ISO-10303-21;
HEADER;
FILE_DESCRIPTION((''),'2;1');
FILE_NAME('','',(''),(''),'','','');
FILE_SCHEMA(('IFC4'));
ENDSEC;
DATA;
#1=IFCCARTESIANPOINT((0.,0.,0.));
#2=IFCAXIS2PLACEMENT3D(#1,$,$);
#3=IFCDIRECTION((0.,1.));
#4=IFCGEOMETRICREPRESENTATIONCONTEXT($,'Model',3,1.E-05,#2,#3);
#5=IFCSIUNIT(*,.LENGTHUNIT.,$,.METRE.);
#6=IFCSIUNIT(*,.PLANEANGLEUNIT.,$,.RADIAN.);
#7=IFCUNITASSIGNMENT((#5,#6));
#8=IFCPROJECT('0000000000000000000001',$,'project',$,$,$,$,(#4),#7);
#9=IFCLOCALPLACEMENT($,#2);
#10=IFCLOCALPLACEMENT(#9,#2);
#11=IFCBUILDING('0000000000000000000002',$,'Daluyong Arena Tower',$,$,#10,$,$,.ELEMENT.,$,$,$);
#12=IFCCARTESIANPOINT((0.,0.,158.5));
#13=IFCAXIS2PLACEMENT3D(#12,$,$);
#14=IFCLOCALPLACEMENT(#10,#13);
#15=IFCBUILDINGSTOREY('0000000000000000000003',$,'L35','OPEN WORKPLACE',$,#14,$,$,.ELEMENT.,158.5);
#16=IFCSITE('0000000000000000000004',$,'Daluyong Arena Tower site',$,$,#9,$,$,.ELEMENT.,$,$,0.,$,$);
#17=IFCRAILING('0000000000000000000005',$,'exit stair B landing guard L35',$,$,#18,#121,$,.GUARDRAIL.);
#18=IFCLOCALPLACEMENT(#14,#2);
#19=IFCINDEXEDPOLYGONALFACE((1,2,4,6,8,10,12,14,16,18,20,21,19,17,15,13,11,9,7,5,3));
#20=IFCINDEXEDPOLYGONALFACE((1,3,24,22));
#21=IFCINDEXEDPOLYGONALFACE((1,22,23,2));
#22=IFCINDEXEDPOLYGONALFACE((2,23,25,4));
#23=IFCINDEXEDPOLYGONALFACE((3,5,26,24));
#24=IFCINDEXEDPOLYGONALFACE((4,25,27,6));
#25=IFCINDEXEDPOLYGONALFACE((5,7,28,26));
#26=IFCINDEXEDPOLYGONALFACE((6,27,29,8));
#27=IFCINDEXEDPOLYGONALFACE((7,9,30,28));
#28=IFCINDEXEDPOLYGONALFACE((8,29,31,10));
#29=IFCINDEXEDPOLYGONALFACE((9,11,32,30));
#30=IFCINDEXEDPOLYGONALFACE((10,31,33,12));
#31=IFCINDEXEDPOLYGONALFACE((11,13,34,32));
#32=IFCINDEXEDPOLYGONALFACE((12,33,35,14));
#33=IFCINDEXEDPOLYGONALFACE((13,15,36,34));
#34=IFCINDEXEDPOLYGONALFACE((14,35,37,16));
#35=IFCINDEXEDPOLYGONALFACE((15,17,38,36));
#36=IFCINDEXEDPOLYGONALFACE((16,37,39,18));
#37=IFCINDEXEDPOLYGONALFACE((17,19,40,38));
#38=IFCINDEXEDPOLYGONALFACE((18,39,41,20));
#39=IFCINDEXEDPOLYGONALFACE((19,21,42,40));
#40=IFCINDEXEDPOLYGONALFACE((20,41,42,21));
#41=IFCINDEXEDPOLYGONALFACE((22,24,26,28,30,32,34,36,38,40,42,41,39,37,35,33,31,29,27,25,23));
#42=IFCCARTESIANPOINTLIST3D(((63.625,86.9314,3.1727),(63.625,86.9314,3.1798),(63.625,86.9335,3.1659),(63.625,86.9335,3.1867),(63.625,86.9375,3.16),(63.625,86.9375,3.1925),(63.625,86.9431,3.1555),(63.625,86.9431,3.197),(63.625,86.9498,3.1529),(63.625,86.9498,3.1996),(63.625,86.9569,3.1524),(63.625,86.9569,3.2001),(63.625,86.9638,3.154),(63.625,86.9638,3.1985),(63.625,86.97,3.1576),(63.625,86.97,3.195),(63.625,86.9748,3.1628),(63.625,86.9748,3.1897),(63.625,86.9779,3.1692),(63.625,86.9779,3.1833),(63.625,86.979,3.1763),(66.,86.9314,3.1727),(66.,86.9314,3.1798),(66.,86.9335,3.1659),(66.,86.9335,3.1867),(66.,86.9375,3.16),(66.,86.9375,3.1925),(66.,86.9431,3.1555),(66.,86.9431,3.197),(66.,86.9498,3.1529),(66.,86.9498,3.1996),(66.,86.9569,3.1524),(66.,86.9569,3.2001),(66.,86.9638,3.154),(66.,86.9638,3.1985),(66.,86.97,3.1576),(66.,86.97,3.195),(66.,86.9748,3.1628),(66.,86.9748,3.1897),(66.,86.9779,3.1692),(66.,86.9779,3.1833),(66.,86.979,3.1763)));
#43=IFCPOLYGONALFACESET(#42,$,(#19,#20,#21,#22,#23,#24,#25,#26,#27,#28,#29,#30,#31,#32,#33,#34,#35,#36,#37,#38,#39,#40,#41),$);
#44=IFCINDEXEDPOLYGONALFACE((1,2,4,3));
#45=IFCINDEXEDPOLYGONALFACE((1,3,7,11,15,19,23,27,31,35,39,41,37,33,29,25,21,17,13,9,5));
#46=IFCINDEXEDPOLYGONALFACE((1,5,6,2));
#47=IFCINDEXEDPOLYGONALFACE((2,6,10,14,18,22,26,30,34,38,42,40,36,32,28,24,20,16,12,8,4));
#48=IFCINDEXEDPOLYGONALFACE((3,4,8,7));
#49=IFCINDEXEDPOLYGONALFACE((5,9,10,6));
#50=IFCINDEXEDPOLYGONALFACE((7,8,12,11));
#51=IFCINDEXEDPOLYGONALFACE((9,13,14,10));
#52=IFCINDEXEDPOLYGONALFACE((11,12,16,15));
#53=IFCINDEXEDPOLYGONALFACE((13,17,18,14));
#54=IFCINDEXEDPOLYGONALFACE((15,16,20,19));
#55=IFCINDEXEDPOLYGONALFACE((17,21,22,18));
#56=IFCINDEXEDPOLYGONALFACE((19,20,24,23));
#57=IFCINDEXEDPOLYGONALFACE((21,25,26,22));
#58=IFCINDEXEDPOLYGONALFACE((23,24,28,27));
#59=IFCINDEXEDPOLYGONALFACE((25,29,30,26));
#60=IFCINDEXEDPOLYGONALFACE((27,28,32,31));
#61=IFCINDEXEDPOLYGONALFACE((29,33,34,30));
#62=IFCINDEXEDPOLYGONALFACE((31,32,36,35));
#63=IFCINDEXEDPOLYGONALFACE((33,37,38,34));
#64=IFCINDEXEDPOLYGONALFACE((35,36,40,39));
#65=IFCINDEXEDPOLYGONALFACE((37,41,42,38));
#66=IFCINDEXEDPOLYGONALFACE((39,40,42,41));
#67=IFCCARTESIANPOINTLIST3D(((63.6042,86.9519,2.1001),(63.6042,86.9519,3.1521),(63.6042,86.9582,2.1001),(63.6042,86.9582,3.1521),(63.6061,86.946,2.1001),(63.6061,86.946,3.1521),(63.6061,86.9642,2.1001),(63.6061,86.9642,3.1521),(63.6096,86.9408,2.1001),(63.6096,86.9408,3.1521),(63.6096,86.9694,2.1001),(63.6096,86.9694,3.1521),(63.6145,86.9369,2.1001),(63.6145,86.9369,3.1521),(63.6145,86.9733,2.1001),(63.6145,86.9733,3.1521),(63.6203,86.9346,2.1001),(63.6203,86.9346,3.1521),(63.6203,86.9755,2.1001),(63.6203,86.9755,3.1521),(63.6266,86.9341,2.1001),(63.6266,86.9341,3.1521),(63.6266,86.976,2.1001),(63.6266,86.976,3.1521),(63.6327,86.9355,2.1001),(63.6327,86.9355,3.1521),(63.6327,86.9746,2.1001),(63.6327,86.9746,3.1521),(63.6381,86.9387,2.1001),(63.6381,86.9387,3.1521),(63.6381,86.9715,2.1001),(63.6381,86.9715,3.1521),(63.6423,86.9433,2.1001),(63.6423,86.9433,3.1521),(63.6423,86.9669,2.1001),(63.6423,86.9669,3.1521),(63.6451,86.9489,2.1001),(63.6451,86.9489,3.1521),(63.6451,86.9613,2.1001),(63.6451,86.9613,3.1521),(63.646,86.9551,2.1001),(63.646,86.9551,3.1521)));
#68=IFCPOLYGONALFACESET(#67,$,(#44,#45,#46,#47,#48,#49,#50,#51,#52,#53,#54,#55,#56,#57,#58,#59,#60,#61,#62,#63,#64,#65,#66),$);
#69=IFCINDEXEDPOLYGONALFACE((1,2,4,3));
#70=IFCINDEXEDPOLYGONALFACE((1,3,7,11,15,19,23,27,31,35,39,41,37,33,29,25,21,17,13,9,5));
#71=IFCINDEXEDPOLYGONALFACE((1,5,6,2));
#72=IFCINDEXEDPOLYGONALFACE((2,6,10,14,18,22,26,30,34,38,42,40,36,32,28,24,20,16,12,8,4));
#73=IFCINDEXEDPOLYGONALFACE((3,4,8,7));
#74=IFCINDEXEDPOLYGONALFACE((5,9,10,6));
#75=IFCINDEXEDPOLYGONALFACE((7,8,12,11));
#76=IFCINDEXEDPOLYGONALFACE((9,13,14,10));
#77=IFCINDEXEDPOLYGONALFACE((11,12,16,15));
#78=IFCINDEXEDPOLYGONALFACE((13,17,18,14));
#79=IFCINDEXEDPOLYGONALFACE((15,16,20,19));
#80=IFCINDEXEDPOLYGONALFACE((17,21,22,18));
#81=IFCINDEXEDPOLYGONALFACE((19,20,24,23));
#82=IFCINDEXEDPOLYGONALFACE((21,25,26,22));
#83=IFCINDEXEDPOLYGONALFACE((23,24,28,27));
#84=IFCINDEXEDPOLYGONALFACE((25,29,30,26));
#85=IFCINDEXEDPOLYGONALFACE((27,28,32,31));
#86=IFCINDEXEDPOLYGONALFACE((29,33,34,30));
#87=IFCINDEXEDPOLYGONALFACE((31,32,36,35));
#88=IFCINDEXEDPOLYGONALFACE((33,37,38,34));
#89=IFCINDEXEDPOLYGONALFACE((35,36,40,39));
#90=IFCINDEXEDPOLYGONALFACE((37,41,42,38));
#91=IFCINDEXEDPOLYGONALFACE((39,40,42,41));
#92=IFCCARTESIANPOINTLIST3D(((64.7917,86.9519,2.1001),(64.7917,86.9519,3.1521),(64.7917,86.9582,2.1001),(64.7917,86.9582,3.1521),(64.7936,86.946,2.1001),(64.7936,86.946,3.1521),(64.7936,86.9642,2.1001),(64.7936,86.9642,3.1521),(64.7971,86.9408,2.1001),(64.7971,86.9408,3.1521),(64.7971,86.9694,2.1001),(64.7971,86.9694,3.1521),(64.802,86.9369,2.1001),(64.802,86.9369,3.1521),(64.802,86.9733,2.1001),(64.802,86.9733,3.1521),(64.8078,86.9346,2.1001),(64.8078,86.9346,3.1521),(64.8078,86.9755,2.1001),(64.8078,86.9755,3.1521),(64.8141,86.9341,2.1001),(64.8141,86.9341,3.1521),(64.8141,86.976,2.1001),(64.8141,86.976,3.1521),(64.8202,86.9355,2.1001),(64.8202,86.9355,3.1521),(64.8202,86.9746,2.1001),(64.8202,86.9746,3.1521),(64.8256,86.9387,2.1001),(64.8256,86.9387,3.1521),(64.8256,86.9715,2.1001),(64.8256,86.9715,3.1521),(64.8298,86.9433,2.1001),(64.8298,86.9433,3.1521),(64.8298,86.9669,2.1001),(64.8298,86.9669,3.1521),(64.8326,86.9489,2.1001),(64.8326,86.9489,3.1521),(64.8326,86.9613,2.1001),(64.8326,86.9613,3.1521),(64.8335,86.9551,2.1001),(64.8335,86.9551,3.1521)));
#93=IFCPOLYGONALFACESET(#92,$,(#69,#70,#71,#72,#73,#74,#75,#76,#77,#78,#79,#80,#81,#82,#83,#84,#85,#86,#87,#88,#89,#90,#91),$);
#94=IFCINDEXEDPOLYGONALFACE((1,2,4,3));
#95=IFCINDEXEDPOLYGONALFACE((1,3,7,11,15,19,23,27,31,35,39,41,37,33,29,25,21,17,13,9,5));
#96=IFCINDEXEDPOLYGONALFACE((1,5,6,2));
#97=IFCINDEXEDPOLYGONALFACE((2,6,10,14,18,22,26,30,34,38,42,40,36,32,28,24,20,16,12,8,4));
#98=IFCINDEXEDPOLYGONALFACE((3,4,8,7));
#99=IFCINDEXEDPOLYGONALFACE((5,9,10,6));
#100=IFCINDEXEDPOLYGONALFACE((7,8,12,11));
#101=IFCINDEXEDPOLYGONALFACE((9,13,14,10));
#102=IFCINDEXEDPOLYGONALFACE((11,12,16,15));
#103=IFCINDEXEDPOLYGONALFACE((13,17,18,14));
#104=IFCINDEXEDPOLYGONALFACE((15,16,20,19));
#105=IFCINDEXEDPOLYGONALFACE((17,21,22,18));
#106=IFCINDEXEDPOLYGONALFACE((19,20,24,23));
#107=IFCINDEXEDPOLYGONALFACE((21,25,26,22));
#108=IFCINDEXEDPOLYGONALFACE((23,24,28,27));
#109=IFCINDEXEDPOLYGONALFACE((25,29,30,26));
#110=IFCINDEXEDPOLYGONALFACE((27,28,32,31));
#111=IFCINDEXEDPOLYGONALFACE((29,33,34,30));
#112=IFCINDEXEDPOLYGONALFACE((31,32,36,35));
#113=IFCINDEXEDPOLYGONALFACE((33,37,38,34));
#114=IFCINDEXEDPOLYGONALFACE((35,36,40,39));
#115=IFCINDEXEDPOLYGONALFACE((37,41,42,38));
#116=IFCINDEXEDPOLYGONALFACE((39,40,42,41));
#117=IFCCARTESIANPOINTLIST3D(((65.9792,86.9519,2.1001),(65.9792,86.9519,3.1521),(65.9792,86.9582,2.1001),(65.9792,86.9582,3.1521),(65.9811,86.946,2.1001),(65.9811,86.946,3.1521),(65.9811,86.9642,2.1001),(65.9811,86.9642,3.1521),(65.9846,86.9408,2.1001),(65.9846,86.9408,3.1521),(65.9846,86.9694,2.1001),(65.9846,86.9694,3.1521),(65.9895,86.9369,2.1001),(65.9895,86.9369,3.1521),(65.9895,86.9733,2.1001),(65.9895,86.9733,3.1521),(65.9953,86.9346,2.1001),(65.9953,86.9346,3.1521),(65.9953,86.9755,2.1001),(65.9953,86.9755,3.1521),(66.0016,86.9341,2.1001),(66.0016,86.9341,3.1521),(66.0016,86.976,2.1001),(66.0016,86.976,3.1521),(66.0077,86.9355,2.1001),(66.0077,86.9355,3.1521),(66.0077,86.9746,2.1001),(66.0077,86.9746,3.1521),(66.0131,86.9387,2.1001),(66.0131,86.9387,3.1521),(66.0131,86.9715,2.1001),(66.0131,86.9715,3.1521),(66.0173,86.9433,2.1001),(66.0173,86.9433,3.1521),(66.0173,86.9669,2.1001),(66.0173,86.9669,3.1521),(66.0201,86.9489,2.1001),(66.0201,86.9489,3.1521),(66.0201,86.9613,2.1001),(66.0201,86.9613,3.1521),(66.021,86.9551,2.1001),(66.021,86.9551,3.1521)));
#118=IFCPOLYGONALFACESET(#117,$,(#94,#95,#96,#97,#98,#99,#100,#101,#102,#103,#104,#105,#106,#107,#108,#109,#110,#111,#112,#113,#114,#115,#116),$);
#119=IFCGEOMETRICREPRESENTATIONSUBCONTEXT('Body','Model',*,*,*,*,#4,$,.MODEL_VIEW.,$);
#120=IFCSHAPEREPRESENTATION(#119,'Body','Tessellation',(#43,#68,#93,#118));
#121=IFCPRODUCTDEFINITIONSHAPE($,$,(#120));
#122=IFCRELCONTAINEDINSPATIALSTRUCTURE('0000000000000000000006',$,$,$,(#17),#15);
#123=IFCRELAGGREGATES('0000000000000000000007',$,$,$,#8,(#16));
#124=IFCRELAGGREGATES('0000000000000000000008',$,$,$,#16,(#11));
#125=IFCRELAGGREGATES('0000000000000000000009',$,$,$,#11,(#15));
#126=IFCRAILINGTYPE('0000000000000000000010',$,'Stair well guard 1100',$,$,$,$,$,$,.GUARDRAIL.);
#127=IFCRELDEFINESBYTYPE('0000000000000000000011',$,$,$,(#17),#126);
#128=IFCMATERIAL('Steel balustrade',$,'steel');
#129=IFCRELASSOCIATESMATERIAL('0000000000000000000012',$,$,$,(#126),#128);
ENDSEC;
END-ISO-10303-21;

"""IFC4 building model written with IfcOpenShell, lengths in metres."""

from ifc_helpers import new_model, si_unit, direction, frame, origin, origin_2d, place, context, subcontext, project, spatial, circle, extrude, material, type_object, element, save


model = new_model("IFC4")

# Units and contexts
model_context = context("Model", 3, precision=1e-05, world=origin(), true_north=direction((0.0, 1.0)))
body_context = subcontext(model_context, "Body", "Model", "MODEL_VIEW")
ifc_project = project(units=[si_unit("LENGTHUNIT", "METRE"), si_unit("PLANEANGLEUNIT", "RADIAN")], contexts=[model_context])

# Site, building, storey
site_placement = place(None, origin())
site = spatial("IfcSite", under=ifc_project, at=site_placement, Name="Daluyong Arena Tower site", CompositionType="ELEMENT", RefElevation=0.0)
building_placement = place(site_placement, origin())
building = spatial("IfcBuilding", under=site, at=building_placement, Name="Daluyong Arena Tower", CompositionType="ELEMENT")
storey_placement = place(building_placement, frame((0.0, 0.0, 158.5)))
storey = spatial("IfcBuildingStorey", under=building, at=storey_placement, Name="L35", Description="OPEN WORKPLACE", CompositionType="ELEMENT", Elevation=158.5)

# Railing
ifc_material_1 = material(Name="Steel balustrade", Category="steel")
railing_type_1 = type_object("IfcRailingType", Name="Stair well guard 1100", PredefinedType="GUARDRAIL", material=ifc_material_1)
railing_1_placement = place(storey_placement, frame((63.625, 86.9551, 2.1001)))
element("IfcRailing", 1, at=railing_1_placement, inside=storey, type_object=railing_type_1, Name="exit stair B landing guard L35", PredefinedType="GUARDRAIL", context=body_context, shape_type="SweptSolid", body=[
    extrude(circle(Radius=0.0239, at=origin_2d()), frame((0.0, 0.0, 1.0762), z_axis=(1.0, 0.0, 0.0), x_axis=(0.0, 1.0, 0.0)), (0.0, 0.0, 1.0), 2.375),
    extrude(circle(Radius=0.021, at=origin_2d()), origin(), (0.0, 0.0, 1.0), 1.052),
    extrude(circle(Radius=0.021, at=origin_2d()), frame((1.1875, 0.0, 0.0)), (0.0, 0.0, 1.0), 1.052),
    extrude(circle(Radius=0.021, at=origin_2d()), frame((2.375, 0.0, 0.0)), (0.0, 0.0, 1.0), 1.052),
])

save(model, "model.ifc")
